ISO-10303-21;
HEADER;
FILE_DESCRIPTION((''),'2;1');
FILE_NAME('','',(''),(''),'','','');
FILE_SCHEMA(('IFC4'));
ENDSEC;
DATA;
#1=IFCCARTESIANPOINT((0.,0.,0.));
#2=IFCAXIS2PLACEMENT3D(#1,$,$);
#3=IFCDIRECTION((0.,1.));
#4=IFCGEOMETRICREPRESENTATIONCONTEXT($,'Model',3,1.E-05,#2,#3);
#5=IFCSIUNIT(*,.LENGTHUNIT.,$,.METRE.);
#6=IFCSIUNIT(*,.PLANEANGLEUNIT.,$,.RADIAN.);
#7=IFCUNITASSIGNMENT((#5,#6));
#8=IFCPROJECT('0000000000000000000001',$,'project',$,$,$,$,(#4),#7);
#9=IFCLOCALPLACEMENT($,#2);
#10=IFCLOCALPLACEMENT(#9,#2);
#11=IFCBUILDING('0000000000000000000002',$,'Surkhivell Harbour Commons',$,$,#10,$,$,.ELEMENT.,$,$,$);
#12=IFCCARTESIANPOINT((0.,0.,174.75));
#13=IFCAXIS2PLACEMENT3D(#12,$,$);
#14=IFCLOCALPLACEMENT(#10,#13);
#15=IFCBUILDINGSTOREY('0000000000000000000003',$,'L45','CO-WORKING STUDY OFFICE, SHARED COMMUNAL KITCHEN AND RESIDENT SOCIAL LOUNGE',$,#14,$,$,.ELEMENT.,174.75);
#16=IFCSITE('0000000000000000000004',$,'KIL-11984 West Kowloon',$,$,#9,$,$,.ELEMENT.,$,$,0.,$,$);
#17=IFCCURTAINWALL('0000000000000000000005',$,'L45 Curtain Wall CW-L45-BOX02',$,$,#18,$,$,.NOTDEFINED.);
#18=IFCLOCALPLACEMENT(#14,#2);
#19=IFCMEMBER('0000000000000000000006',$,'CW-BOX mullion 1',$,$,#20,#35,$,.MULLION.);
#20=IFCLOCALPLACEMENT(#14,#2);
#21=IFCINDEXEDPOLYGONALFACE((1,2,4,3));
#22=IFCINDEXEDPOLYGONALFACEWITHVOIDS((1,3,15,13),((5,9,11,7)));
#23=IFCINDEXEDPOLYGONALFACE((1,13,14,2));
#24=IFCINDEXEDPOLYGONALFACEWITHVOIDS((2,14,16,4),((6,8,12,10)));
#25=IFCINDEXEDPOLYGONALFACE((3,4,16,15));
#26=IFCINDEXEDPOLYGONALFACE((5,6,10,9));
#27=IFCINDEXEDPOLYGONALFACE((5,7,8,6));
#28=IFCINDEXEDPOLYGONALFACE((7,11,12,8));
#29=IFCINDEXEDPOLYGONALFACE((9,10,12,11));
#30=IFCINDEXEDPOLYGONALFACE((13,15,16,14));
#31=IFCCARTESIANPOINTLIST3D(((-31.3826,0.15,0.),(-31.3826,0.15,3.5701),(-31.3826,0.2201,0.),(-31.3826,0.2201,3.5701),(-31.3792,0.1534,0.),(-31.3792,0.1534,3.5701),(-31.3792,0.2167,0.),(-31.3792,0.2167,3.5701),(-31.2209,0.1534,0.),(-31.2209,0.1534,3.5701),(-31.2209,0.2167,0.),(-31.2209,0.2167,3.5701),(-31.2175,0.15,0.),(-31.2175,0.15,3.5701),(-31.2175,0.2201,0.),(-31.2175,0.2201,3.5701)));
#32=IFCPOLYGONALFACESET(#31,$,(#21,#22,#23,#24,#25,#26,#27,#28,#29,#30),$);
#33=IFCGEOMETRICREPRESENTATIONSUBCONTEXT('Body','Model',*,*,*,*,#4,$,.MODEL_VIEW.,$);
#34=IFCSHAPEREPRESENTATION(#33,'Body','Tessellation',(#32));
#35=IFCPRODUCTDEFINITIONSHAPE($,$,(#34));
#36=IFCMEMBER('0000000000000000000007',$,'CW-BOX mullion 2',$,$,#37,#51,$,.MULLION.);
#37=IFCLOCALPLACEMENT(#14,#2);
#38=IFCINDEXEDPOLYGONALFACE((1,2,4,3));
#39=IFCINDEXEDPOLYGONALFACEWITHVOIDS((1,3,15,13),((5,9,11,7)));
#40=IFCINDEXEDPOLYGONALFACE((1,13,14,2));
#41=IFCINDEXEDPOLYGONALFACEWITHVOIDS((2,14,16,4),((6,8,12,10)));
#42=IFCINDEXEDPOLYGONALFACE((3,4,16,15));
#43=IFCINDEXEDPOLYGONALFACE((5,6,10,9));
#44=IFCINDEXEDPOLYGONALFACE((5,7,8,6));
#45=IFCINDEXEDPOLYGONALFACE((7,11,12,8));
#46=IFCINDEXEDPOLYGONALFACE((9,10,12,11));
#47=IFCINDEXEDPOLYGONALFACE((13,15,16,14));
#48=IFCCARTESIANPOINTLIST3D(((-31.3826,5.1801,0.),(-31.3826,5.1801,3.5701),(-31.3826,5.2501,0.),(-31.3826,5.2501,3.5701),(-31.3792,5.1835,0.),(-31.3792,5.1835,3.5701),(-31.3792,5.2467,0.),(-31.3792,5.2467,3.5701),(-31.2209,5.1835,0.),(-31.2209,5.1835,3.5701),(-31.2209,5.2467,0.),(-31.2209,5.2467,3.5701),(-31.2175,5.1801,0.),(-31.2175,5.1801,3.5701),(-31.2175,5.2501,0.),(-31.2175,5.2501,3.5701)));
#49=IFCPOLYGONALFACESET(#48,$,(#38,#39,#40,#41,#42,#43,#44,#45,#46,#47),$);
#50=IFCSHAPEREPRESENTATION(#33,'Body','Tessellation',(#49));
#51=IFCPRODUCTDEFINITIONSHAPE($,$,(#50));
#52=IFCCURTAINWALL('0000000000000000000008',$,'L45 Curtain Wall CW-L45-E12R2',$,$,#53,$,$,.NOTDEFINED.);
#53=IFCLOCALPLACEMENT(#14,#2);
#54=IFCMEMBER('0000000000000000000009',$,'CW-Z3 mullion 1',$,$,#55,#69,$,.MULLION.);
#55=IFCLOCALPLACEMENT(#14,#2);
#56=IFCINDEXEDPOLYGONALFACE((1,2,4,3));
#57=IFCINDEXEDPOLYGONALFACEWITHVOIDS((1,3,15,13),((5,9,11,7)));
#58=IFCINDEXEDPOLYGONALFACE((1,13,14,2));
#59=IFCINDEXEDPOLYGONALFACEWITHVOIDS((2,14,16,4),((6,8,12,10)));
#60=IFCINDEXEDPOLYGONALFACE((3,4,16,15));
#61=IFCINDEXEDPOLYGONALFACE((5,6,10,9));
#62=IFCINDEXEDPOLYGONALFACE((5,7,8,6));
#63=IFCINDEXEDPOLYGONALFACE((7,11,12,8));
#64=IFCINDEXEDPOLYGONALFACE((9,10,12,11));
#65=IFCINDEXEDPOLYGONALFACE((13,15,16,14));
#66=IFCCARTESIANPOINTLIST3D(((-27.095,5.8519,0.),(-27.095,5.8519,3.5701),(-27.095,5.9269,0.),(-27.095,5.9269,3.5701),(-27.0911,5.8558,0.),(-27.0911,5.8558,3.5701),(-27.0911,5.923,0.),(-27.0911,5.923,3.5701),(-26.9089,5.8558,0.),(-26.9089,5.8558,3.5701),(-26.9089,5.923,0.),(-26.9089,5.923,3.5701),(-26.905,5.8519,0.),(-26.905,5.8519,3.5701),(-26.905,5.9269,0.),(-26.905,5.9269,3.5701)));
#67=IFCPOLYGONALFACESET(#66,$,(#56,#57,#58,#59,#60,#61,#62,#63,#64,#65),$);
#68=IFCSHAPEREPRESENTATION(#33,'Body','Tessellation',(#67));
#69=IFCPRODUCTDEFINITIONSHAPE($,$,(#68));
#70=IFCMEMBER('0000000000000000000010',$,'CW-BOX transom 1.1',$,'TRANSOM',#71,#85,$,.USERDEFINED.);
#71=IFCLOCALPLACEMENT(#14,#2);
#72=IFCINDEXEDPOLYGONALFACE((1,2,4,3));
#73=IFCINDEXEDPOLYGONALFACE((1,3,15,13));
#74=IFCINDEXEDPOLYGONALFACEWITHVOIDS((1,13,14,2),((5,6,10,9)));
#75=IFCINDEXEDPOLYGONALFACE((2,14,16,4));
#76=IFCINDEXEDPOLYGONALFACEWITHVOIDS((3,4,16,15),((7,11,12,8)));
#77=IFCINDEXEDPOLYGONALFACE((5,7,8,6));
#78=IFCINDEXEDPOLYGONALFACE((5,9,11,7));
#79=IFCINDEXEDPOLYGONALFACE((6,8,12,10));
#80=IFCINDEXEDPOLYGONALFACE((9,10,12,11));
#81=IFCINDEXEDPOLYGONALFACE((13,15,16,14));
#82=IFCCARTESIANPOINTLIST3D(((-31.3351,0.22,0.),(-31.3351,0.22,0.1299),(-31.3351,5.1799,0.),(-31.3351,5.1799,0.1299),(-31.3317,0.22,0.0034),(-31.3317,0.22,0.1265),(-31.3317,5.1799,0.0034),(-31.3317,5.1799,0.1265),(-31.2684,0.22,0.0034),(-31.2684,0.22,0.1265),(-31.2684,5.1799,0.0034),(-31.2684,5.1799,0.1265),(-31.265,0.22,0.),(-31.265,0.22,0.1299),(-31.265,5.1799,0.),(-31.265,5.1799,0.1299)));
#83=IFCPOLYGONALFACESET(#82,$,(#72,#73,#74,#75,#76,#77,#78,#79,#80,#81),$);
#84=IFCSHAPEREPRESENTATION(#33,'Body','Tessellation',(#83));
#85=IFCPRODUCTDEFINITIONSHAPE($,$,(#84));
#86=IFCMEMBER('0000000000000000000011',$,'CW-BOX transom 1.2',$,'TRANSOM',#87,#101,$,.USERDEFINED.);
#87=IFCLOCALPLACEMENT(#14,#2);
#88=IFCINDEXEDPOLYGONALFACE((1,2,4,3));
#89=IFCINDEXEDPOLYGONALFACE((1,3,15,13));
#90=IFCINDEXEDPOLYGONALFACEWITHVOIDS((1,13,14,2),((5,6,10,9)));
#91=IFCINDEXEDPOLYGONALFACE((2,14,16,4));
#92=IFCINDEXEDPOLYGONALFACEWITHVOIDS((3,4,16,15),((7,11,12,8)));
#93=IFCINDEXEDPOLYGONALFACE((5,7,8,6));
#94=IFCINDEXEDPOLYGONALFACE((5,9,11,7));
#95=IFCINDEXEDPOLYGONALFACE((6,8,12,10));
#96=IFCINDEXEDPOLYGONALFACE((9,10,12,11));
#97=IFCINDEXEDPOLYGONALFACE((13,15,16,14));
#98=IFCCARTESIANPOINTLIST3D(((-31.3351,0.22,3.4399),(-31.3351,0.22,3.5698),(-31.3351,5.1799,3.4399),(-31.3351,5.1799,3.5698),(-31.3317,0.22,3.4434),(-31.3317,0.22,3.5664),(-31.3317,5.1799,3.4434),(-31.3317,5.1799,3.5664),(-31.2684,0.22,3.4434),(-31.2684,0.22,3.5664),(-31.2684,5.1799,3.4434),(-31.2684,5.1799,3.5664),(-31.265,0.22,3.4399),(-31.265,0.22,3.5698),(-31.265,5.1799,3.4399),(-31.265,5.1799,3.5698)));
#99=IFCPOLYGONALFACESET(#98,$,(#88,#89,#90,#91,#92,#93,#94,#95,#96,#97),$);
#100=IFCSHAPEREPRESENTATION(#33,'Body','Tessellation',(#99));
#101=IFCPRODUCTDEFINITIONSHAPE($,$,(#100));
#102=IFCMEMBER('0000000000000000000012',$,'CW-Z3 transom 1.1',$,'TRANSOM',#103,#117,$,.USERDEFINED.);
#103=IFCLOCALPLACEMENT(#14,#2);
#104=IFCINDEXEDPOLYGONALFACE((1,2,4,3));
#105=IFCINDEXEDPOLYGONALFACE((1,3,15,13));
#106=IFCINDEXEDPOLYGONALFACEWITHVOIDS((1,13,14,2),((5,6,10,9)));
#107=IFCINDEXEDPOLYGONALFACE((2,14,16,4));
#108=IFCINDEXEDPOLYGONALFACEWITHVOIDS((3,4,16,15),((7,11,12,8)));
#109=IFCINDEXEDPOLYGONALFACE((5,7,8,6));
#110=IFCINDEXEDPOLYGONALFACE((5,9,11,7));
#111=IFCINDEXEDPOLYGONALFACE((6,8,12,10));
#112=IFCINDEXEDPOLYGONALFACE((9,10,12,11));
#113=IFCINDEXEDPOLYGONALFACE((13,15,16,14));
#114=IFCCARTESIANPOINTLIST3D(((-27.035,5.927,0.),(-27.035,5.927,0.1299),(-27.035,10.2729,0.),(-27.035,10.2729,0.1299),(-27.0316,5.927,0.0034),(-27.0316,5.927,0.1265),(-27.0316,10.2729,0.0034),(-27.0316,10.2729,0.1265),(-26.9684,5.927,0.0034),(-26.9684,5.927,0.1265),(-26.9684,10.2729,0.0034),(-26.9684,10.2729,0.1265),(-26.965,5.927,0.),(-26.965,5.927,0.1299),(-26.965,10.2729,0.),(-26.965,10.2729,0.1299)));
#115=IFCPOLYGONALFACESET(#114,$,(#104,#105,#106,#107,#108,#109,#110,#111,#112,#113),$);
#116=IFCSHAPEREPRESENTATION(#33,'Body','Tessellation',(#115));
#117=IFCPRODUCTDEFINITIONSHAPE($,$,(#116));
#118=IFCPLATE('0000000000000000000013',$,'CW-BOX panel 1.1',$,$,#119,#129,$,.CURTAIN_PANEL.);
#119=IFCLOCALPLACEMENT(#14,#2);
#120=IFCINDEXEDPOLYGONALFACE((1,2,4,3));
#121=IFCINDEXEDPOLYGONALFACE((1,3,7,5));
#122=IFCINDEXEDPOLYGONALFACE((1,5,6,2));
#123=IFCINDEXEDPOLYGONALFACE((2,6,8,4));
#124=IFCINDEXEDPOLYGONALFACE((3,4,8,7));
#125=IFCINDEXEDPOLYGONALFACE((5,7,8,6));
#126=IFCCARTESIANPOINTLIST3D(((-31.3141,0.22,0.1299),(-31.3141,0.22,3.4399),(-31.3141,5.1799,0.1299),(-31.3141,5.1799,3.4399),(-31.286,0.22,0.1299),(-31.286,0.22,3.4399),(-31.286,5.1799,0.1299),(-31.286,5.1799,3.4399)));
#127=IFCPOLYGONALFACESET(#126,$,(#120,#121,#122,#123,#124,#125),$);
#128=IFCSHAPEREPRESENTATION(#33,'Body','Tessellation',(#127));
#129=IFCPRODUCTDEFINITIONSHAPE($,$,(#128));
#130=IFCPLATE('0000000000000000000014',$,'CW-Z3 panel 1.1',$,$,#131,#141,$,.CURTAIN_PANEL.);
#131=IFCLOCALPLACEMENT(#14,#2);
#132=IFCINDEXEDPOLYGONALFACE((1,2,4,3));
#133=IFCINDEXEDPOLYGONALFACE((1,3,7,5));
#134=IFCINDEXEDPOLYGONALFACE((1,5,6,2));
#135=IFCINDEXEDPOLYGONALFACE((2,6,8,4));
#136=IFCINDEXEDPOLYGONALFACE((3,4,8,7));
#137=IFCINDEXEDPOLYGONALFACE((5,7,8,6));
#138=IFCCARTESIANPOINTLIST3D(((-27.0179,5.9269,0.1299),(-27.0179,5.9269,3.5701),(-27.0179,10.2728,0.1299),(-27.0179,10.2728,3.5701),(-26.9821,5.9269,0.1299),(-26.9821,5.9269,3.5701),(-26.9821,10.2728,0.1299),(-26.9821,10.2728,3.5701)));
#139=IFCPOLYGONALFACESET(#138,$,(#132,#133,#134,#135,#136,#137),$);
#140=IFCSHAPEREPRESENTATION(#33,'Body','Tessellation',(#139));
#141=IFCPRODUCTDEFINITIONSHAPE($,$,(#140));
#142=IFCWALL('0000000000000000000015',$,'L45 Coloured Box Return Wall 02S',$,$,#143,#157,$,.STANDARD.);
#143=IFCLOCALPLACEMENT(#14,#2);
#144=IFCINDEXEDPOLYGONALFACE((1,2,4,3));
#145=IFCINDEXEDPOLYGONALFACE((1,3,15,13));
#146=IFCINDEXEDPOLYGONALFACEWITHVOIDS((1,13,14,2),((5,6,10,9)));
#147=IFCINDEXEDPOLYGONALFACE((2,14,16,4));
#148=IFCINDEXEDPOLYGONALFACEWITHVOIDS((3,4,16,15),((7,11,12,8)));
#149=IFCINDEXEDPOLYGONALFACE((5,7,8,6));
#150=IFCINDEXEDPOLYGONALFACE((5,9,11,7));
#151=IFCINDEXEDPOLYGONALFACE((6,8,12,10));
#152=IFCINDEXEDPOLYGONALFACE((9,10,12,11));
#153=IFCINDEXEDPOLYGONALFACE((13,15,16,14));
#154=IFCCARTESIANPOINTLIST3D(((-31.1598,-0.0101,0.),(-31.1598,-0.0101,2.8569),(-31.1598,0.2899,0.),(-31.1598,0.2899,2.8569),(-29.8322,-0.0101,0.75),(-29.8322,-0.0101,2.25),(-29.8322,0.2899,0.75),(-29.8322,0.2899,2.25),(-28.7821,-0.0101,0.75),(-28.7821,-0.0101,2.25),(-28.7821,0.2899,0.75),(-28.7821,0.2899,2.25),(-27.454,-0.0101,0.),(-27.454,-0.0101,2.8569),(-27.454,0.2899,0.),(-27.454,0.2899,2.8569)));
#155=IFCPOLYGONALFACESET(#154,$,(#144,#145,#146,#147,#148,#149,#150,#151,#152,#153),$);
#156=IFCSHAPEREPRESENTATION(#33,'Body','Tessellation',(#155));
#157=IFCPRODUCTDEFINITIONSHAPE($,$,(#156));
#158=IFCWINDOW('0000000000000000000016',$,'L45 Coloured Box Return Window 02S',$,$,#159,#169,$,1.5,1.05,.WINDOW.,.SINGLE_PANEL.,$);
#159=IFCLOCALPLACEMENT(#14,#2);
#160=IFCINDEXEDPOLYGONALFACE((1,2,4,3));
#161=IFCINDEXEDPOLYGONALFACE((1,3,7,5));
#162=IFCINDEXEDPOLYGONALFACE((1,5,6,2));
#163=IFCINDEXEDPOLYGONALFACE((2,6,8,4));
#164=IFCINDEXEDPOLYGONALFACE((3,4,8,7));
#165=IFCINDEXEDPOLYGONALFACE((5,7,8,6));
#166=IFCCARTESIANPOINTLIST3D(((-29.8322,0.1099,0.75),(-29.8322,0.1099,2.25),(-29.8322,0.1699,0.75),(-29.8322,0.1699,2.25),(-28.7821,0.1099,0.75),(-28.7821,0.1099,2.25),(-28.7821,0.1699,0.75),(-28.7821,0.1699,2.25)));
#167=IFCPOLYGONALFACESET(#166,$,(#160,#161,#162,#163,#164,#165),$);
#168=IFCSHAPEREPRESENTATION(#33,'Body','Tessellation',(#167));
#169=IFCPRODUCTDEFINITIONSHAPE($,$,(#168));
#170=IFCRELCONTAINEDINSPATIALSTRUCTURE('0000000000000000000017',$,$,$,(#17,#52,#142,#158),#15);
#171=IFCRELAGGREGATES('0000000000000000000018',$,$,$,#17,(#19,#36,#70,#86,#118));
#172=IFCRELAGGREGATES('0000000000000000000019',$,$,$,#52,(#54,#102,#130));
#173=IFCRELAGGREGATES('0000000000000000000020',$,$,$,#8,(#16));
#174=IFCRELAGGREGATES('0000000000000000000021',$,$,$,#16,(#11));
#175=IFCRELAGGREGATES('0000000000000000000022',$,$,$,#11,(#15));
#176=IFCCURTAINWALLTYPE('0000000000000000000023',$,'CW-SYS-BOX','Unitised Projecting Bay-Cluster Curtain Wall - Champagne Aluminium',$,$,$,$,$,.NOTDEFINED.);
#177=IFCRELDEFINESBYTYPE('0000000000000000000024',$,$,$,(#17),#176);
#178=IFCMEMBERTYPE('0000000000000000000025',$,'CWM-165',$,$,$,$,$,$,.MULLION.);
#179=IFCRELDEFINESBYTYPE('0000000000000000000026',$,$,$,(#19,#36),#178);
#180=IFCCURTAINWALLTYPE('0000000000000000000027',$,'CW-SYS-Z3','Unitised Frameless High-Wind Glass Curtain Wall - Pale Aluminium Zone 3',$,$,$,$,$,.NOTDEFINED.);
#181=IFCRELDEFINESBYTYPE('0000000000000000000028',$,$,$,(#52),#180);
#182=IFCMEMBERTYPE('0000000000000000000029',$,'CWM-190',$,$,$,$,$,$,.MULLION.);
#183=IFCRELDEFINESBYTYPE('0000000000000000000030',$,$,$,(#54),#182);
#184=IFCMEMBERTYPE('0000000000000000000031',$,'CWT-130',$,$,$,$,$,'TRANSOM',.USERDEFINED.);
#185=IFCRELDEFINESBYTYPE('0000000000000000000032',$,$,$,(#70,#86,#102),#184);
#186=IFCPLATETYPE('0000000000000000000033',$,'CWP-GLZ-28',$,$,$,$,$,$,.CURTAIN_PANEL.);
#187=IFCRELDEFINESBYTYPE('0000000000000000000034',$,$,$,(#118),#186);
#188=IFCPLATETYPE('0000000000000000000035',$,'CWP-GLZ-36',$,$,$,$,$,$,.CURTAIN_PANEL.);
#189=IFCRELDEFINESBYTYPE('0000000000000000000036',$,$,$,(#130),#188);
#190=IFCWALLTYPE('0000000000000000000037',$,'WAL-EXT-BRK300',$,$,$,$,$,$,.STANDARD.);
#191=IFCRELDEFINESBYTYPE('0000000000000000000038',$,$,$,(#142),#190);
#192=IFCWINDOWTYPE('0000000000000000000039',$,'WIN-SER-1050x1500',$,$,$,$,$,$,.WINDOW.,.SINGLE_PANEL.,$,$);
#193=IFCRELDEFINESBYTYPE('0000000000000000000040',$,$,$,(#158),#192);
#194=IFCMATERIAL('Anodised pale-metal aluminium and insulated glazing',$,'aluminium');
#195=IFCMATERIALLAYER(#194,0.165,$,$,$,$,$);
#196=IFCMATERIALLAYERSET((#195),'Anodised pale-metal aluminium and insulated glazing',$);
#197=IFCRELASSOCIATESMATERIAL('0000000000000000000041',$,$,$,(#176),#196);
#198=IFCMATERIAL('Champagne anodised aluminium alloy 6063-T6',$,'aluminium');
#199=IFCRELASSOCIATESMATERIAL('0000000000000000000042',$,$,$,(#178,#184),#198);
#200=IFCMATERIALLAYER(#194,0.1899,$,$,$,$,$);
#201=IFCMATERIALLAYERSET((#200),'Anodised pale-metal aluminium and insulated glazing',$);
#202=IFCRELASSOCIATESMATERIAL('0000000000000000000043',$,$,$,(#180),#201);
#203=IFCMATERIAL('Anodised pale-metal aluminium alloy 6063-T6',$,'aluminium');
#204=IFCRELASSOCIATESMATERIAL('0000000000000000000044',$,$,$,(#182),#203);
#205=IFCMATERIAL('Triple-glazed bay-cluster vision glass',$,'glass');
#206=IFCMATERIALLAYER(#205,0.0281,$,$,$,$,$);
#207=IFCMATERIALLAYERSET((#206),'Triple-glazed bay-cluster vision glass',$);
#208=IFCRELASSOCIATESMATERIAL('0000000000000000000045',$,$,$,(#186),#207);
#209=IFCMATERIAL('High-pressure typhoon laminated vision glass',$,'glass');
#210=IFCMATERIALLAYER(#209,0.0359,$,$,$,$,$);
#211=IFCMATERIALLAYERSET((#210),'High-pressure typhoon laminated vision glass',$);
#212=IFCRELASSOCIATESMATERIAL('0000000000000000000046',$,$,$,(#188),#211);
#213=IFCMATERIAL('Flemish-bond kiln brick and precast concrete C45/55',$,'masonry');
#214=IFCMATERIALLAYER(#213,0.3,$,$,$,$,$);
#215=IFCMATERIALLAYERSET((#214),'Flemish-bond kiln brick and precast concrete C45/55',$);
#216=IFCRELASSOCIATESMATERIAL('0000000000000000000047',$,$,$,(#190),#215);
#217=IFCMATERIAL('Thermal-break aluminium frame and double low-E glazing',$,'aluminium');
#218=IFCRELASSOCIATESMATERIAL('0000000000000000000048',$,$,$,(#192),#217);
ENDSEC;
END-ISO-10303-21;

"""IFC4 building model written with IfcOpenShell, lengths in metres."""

from ifc_helpers import new_model, si_unit, direction, frame, frame_2d, origin, origin_2d, place, context, subcontext, project, spatial, rectangle, hollow_rectangle, extrude, material, layer, layer_set, material_profile, profile_set, type_object, element, fill, aggregate, save


model = new_model("IFC4")

# Units and contexts
model_context = context("Model", 3, precision=1e-05, world=origin(), true_north=direction((0.0, 1.0)))
body_context = subcontext(model_context, "Body", "Model", "MODEL_VIEW")
ifc_project = project(units=[si_unit("LENGTHUNIT", "METRE"), si_unit("PLANEANGLEUNIT", "RADIAN")], contexts=[model_context])

# Site, building, storey
site_placement = place(None, origin())
site = spatial("IfcSite", under=ifc_project, at=site_placement, Name="KIL-11984 West Kowloon", CompositionType="ELEMENT", RefElevation=0.0)
building_placement = place(site_placement, origin())
building = spatial("IfcBuilding", under=site, at=building_placement, Name="Surkhivell Harbour Commons", CompositionType="ELEMENT")
storey_placement = place(building_placement, frame((0.0, 0.0, 174.75)))
storey = spatial("IfcBuildingStorey", under=building, at=storey_placement, Name="L45", Description="CO-WORKING STUDY OFFICE, SHARED COMMUNAL KITCHEN AND RESIDENT SOCIAL LOUNGE", CompositionType="ELEMENT", Elevation=174.75)

# Curtain wall, members
ifc_material_1 = material(Name="Anodised pale-metal aluminium and insulated glazing", Category="aluminium")
ifc_layer_1 = layer(ifc_material_1, 0.165)
ifc_layer_set_1 = layer_set([ifc_layer_1], Name="Anodised pale-metal aluminium and insulated glazing")
curtain_wall_type_1 = type_object("IfcCurtainWallType", Name="CW-SYS-BOX", Description="Unitised Projecting Bay-Cluster Curtain Wall - Champagne Aluminium", PredefinedType="NOTDEFINED", material=ifc_layer_set_1)
curtain_wall_1_placement = place(storey_placement, origin())
curtain_wall_1 = element("IfcCurtainWall", 1, at=curtain_wall_1_placement, inside=storey, type_object=curtain_wall_type_1, Name="L45 Curtain Wall CW-L45-BOX02", PredefinedType="NOTDEFINED")
ifc_material_2 = material(Name="Champagne anodised aluminium alloy 6063-T6", Category="aluminium")
ifc_material_profile_1 = material_profile(ifc_material_2, hollow_rectangle(XDim=0.0701, YDim=0.165, WallThickness=0.0034, at=origin_2d()), Name="ALU-MULL-70x165")
ifc_profile_set_1 = profile_set([ifc_material_profile_1], Name="Champagne anodised aluminium alloy 6063-T6")
member_type_1 = type_object("IfcMemberType", Name="CWM-165", PredefinedType="MULLION", material=ifc_profile_set_1)
member_1_placement = place(storey_placement, frame((-31.3, 0.1851, 0.0), z_axis=(0.0, 0.0, 1.0), x_axis=(0.0, 1.0, 0.0)))
member_1 = element("IfcMember", 2, at=member_1_placement, type_object=member_type_1, Name="CW-BOX mullion 1", PredefinedType="MULLION", context=body_context, shape_type="SweptSolid", body=[
    extrude(hollow_rectangle(XDim=0.0701, YDim=0.165, WallThickness=0.0034, at=origin_2d()), origin(), (0.0, 0.0, 1.0), 3.5701),
])
member_2_placement = place(storey_placement, frame((-31.3, 5.2151, 0.0), z_axis=(0.0, 0.0, 1.0), x_axis=(0.0, 1.0, 0.0)))
member_2 = element("IfcMember", 3, at=member_2_placement, type_object=member_type_1, Name="CW-BOX mullion 2", PredefinedType="MULLION", context=body_context, shape_type="SweptSolid", body=[
    extrude(hollow_rectangle(XDim=0.0701, YDim=0.165, WallThickness=0.0034, at=origin_2d()), origin(), (0.0, 0.0, 1.0), 3.5701),
])

# Curtain wall, member
ifc_layer_2 = layer(ifc_material_1, 0.1899)
ifc_layer_set_2 = layer_set([ifc_layer_2], Name="Anodised pale-metal aluminium and insulated glazing")
curtain_wall_type_2 = type_object("IfcCurtainWallType", Name="CW-SYS-Z3", Description="Unitised Frameless High-Wind Glass Curtain Wall - Pale Aluminium Zone 3", PredefinedType="NOTDEFINED", material=ifc_layer_set_2)
curtain_wall_2_placement = place(storey_placement, origin())
curtain_wall_2 = element("IfcCurtainWall", 4, at=curtain_wall_2_placement, inside=storey, type_object=curtain_wall_type_2, Name="L45 Curtain Wall CW-L45-E12R2", PredefinedType="NOTDEFINED")
ifc_material_3 = material(Name="Anodised pale-metal aluminium alloy 6063-T6", Category="aluminium")
ifc_material_profile_2 = material_profile(ifc_material_3, hollow_rectangle(XDim=0.075, YDim=0.1899, WallThickness=0.0039, at=origin_2d()), Name="ALU-MULL-75x190")
ifc_profile_set_2 = profile_set([ifc_material_profile_2], Name="Anodised pale-metal aluminium alloy 6063-T6")
member_type_2 = type_object("IfcMemberType", Name="CWM-190", PredefinedType="MULLION", material=ifc_profile_set_2)
member_3_placement = place(storey_placement, frame((-27.0, 5.8894, 0.0), z_axis=(0.0, 0.0, 1.0), x_axis=(0.0, 1.0, 0.0)))
member_3 = element("IfcMember", 5, at=member_3_placement, type_object=member_type_2, Name="CW-Z3 mullion 1", PredefinedType="MULLION", context=body_context, shape_type="SweptSolid", body=[
    extrude(hollow_rectangle(XDim=0.075, YDim=0.1899, WallThickness=0.0039, at=origin_2d()), origin(), (0.0, 0.0, 1.0), 3.5701),
])

# Members
ifc_material_profile_3 = material_profile(ifc_material_2, hollow_rectangle(XDim=0.0701, YDim=0.1299, WallThickness=0.0034, at=origin_2d()), Name="ALU-TRAN-70x130")
ifc_profile_set_3 = profile_set([ifc_material_profile_3], Name="Champagne anodised aluminium alloy 6063-T6")
member_type_3 = type_object("IfcMemberType", Name="CWT-130", ElementType="TRANSOM", PredefinedType="USERDEFINED", material=ifc_profile_set_3)
member_4_placement = place(storey_placement, frame((-31.3, 0.22, 0.0649), z_axis=(0.0, 1.0, 0.0), x_axis=(-1.0, 0.0, 0.0)))
member_4 = element("IfcMember", 6, at=member_4_placement, type_object=member_type_3, Name="CW-BOX transom 1.1", ObjectType="TRANSOM", PredefinedType="USERDEFINED", context=body_context, shape_type="SweptSolid", body=[
    extrude(hollow_rectangle(XDim=0.0701, YDim=0.1299, WallThickness=0.0034, at=origin_2d()), origin(), (0.0, 0.0, 1.0), 4.96),
])
member_5_placement = place(storey_placement, frame((-31.3, 0.22, 3.5049), z_axis=(0.0, 1.0, 0.0), x_axis=(-1.0, 0.0, 0.0)))
member_5 = element("IfcMember", 7, at=member_5_placement, type_object=member_type_3, Name="CW-BOX transom 1.2", ObjectType="TRANSOM", PredefinedType="USERDEFINED", context=body_context, shape_type="SweptSolid", body=[
    extrude(hollow_rectangle(XDim=0.0701, YDim=0.1299, WallThickness=0.0034, at=origin_2d()), origin(), (0.0, 0.0, 1.0), 4.96),
])
member_6_placement = place(storey_placement, frame((-27.0, 5.927, 0.0649), z_axis=(0.0, 1.0, 0.0), x_axis=(-1.0, 0.0, 0.0)))
member_6 = element("IfcMember", 8, at=member_6_placement, type_object=member_type_3, Name="CW-Z3 transom 1.1", ObjectType="TRANSOM", PredefinedType="USERDEFINED", context=body_context, shape_type="SweptSolid", body=[
    extrude(hollow_rectangle(XDim=0.0701, YDim=0.1299, WallThickness=0.0034, at=origin_2d()), origin(), (0.0, 0.0, 1.0), 4.3459),
])

# Plates
ifc_material_4 = material(Name="Triple-glazed bay-cluster vision glass", Category="glass")
ifc_layer_3 = layer(ifc_material_4, 0.0281)
ifc_layer_set_3 = layer_set([ifc_layer_3], Name="Triple-glazed bay-cluster vision glass")
plate_type_1 = type_object("IfcPlateType", Name="CWP-GLZ-28", PredefinedType="CURTAIN_PANEL", material=ifc_layer_set_3)
plate_1_placement = place(storey_placement, frame((-31.3, 0.22, 0.1299), z_axis=(0.0, 0.0, 1.0), x_axis=(0.0, 1.0, 0.0)))
plate_1 = element("IfcPlate", 9, at=plate_1_placement, type_object=plate_type_1, Name="CW-BOX panel 1.1", PredefinedType="CURTAIN_PANEL", context=body_context, shape_type="SweptSolid", body=[
    extrude(rectangle(XDim=4.96, YDim=0.0281, at=frame_2d((2.48, 0.0))), origin(), (0.0, 0.0, 1.0), 3.3101),
])
aggregate(curtain_wall_1, [member_1, member_2, member_4, member_5, plate_1])
ifc_material_5 = material(Name="High-pressure typhoon laminated vision glass", Category="glass")
ifc_layer_4 = layer(ifc_material_5, 0.0359)
ifc_layer_set_4 = layer_set([ifc_layer_4], Name="High-pressure typhoon laminated vision glass")
plate_type_2 = type_object("IfcPlateType", Name="CWP-GLZ-36", PredefinedType="CURTAIN_PANEL", material=ifc_layer_set_4)
plate_2_placement = place(storey_placement, frame((-27.0, 5.927, 0.1299), z_axis=(0.0, 0.0, 1.0), x_axis=(0.0, 1.0, 0.0)))
plate_2 = element("IfcPlate", 10, at=plate_2_placement, type_object=plate_type_2, Name="CW-Z3 panel 1.1", PredefinedType="CURTAIN_PANEL", context=body_context, shape_type="SweptSolid", body=[
    extrude(rectangle(XDim=4.3459, YDim=0.0359, at=frame_2d((2.1729, 0.0))), origin(), (0.0, 0.0, 1.0), 3.4402),
])
aggregate(curtain_wall_2, [member_3, member_6, plate_2])

# Wall, opening, window
ifc_material_6 = material(Name="Flemish-bond kiln brick and precast concrete C45/55", Category="masonry")
ifc_layer_5 = layer(ifc_material_6, 0.3)
ifc_layer_set_5 = layer_set([ifc_layer_5], Name="Flemish-bond kiln brick and precast concrete C45/55")
wall_type_1 = type_object("IfcWallType", Name="WAL-EXT-BRK300", PredefinedType="STANDARD", material=ifc_layer_set_5)
wall_1_placement = place(storey_placement, frame((-31.1599, 0.1399, 0.0), z_axis=(0.0, 0.0, 1.0), x_axis=(1.0, 0.0, 0.0)))
wall_1 = element("IfcWall", 11, at=wall_1_placement, inside=storey, type_object=wall_type_1, Name="L45 Coloured Box Return Wall 02S", PredefinedType="STANDARD", context=body_context, shape_type="SweptSolid", body=[
    extrude(rectangle(XDim=3.7058, YDim=0.3, at=frame_2d((1.853, 0.0))), origin(), (0.0, 0.0, 1.0), 2.8569),
])
opening_1_placement = place(wall_1_placement, frame((1.3279, 0.0, 0.75)))
opening_1 = element("IfcOpeningElement", 12, at=opening_1_placement, cuts=wall_1, PredefinedType="OPENING", context=body_context, shape_type="SweptSolid", body=[
    extrude(rectangle(XDim=1.05, YDim=1.5, at=frame_2d((0.5249, 0.75))), frame((0.0, 0.1599, 0.0), z_axis=(0.0, -1.0, 0.0), x_axis=(1.0, 0.0, 0.0)), (0.0, 0.0, 1.0), 0.3201),
])
ifc_material_7 = material(Name="Thermal-break aluminium frame and double low-E glazing", Category="aluminium")
window_type = type_object("IfcWindowType", Name="WIN-SER-1050x1500", PartitioningType="SINGLE_PANEL", PredefinedType="WINDOW", material=ifc_material_7)
window_1_placement = place(opening_1_placement, origin())
window_1 = element("IfcWindow", 13, at=window_1_placement, inside=storey, type_object=window_type, Name="L45 Coloured Box Return Window 02S", OverallHeight=1.5, OverallWidth=1.05, PartitioningType="SINGLE_PANEL", PredefinedType="WINDOW", context=body_context, shape_type="SweptSolid", body=[
    extrude(rectangle(XDim=1.05, YDim=1.5, at=frame_2d((0.5249, 0.75))), frame((0.0, 0.03, 0.0), z_axis=(0.0, -1.0, 0.0), x_axis=(1.0, 0.0, 0.0)), (0.0, 0.0, 1.0), 0.0601),
])
fill(opening_1, window_1)

save(model, "model.ifc")
